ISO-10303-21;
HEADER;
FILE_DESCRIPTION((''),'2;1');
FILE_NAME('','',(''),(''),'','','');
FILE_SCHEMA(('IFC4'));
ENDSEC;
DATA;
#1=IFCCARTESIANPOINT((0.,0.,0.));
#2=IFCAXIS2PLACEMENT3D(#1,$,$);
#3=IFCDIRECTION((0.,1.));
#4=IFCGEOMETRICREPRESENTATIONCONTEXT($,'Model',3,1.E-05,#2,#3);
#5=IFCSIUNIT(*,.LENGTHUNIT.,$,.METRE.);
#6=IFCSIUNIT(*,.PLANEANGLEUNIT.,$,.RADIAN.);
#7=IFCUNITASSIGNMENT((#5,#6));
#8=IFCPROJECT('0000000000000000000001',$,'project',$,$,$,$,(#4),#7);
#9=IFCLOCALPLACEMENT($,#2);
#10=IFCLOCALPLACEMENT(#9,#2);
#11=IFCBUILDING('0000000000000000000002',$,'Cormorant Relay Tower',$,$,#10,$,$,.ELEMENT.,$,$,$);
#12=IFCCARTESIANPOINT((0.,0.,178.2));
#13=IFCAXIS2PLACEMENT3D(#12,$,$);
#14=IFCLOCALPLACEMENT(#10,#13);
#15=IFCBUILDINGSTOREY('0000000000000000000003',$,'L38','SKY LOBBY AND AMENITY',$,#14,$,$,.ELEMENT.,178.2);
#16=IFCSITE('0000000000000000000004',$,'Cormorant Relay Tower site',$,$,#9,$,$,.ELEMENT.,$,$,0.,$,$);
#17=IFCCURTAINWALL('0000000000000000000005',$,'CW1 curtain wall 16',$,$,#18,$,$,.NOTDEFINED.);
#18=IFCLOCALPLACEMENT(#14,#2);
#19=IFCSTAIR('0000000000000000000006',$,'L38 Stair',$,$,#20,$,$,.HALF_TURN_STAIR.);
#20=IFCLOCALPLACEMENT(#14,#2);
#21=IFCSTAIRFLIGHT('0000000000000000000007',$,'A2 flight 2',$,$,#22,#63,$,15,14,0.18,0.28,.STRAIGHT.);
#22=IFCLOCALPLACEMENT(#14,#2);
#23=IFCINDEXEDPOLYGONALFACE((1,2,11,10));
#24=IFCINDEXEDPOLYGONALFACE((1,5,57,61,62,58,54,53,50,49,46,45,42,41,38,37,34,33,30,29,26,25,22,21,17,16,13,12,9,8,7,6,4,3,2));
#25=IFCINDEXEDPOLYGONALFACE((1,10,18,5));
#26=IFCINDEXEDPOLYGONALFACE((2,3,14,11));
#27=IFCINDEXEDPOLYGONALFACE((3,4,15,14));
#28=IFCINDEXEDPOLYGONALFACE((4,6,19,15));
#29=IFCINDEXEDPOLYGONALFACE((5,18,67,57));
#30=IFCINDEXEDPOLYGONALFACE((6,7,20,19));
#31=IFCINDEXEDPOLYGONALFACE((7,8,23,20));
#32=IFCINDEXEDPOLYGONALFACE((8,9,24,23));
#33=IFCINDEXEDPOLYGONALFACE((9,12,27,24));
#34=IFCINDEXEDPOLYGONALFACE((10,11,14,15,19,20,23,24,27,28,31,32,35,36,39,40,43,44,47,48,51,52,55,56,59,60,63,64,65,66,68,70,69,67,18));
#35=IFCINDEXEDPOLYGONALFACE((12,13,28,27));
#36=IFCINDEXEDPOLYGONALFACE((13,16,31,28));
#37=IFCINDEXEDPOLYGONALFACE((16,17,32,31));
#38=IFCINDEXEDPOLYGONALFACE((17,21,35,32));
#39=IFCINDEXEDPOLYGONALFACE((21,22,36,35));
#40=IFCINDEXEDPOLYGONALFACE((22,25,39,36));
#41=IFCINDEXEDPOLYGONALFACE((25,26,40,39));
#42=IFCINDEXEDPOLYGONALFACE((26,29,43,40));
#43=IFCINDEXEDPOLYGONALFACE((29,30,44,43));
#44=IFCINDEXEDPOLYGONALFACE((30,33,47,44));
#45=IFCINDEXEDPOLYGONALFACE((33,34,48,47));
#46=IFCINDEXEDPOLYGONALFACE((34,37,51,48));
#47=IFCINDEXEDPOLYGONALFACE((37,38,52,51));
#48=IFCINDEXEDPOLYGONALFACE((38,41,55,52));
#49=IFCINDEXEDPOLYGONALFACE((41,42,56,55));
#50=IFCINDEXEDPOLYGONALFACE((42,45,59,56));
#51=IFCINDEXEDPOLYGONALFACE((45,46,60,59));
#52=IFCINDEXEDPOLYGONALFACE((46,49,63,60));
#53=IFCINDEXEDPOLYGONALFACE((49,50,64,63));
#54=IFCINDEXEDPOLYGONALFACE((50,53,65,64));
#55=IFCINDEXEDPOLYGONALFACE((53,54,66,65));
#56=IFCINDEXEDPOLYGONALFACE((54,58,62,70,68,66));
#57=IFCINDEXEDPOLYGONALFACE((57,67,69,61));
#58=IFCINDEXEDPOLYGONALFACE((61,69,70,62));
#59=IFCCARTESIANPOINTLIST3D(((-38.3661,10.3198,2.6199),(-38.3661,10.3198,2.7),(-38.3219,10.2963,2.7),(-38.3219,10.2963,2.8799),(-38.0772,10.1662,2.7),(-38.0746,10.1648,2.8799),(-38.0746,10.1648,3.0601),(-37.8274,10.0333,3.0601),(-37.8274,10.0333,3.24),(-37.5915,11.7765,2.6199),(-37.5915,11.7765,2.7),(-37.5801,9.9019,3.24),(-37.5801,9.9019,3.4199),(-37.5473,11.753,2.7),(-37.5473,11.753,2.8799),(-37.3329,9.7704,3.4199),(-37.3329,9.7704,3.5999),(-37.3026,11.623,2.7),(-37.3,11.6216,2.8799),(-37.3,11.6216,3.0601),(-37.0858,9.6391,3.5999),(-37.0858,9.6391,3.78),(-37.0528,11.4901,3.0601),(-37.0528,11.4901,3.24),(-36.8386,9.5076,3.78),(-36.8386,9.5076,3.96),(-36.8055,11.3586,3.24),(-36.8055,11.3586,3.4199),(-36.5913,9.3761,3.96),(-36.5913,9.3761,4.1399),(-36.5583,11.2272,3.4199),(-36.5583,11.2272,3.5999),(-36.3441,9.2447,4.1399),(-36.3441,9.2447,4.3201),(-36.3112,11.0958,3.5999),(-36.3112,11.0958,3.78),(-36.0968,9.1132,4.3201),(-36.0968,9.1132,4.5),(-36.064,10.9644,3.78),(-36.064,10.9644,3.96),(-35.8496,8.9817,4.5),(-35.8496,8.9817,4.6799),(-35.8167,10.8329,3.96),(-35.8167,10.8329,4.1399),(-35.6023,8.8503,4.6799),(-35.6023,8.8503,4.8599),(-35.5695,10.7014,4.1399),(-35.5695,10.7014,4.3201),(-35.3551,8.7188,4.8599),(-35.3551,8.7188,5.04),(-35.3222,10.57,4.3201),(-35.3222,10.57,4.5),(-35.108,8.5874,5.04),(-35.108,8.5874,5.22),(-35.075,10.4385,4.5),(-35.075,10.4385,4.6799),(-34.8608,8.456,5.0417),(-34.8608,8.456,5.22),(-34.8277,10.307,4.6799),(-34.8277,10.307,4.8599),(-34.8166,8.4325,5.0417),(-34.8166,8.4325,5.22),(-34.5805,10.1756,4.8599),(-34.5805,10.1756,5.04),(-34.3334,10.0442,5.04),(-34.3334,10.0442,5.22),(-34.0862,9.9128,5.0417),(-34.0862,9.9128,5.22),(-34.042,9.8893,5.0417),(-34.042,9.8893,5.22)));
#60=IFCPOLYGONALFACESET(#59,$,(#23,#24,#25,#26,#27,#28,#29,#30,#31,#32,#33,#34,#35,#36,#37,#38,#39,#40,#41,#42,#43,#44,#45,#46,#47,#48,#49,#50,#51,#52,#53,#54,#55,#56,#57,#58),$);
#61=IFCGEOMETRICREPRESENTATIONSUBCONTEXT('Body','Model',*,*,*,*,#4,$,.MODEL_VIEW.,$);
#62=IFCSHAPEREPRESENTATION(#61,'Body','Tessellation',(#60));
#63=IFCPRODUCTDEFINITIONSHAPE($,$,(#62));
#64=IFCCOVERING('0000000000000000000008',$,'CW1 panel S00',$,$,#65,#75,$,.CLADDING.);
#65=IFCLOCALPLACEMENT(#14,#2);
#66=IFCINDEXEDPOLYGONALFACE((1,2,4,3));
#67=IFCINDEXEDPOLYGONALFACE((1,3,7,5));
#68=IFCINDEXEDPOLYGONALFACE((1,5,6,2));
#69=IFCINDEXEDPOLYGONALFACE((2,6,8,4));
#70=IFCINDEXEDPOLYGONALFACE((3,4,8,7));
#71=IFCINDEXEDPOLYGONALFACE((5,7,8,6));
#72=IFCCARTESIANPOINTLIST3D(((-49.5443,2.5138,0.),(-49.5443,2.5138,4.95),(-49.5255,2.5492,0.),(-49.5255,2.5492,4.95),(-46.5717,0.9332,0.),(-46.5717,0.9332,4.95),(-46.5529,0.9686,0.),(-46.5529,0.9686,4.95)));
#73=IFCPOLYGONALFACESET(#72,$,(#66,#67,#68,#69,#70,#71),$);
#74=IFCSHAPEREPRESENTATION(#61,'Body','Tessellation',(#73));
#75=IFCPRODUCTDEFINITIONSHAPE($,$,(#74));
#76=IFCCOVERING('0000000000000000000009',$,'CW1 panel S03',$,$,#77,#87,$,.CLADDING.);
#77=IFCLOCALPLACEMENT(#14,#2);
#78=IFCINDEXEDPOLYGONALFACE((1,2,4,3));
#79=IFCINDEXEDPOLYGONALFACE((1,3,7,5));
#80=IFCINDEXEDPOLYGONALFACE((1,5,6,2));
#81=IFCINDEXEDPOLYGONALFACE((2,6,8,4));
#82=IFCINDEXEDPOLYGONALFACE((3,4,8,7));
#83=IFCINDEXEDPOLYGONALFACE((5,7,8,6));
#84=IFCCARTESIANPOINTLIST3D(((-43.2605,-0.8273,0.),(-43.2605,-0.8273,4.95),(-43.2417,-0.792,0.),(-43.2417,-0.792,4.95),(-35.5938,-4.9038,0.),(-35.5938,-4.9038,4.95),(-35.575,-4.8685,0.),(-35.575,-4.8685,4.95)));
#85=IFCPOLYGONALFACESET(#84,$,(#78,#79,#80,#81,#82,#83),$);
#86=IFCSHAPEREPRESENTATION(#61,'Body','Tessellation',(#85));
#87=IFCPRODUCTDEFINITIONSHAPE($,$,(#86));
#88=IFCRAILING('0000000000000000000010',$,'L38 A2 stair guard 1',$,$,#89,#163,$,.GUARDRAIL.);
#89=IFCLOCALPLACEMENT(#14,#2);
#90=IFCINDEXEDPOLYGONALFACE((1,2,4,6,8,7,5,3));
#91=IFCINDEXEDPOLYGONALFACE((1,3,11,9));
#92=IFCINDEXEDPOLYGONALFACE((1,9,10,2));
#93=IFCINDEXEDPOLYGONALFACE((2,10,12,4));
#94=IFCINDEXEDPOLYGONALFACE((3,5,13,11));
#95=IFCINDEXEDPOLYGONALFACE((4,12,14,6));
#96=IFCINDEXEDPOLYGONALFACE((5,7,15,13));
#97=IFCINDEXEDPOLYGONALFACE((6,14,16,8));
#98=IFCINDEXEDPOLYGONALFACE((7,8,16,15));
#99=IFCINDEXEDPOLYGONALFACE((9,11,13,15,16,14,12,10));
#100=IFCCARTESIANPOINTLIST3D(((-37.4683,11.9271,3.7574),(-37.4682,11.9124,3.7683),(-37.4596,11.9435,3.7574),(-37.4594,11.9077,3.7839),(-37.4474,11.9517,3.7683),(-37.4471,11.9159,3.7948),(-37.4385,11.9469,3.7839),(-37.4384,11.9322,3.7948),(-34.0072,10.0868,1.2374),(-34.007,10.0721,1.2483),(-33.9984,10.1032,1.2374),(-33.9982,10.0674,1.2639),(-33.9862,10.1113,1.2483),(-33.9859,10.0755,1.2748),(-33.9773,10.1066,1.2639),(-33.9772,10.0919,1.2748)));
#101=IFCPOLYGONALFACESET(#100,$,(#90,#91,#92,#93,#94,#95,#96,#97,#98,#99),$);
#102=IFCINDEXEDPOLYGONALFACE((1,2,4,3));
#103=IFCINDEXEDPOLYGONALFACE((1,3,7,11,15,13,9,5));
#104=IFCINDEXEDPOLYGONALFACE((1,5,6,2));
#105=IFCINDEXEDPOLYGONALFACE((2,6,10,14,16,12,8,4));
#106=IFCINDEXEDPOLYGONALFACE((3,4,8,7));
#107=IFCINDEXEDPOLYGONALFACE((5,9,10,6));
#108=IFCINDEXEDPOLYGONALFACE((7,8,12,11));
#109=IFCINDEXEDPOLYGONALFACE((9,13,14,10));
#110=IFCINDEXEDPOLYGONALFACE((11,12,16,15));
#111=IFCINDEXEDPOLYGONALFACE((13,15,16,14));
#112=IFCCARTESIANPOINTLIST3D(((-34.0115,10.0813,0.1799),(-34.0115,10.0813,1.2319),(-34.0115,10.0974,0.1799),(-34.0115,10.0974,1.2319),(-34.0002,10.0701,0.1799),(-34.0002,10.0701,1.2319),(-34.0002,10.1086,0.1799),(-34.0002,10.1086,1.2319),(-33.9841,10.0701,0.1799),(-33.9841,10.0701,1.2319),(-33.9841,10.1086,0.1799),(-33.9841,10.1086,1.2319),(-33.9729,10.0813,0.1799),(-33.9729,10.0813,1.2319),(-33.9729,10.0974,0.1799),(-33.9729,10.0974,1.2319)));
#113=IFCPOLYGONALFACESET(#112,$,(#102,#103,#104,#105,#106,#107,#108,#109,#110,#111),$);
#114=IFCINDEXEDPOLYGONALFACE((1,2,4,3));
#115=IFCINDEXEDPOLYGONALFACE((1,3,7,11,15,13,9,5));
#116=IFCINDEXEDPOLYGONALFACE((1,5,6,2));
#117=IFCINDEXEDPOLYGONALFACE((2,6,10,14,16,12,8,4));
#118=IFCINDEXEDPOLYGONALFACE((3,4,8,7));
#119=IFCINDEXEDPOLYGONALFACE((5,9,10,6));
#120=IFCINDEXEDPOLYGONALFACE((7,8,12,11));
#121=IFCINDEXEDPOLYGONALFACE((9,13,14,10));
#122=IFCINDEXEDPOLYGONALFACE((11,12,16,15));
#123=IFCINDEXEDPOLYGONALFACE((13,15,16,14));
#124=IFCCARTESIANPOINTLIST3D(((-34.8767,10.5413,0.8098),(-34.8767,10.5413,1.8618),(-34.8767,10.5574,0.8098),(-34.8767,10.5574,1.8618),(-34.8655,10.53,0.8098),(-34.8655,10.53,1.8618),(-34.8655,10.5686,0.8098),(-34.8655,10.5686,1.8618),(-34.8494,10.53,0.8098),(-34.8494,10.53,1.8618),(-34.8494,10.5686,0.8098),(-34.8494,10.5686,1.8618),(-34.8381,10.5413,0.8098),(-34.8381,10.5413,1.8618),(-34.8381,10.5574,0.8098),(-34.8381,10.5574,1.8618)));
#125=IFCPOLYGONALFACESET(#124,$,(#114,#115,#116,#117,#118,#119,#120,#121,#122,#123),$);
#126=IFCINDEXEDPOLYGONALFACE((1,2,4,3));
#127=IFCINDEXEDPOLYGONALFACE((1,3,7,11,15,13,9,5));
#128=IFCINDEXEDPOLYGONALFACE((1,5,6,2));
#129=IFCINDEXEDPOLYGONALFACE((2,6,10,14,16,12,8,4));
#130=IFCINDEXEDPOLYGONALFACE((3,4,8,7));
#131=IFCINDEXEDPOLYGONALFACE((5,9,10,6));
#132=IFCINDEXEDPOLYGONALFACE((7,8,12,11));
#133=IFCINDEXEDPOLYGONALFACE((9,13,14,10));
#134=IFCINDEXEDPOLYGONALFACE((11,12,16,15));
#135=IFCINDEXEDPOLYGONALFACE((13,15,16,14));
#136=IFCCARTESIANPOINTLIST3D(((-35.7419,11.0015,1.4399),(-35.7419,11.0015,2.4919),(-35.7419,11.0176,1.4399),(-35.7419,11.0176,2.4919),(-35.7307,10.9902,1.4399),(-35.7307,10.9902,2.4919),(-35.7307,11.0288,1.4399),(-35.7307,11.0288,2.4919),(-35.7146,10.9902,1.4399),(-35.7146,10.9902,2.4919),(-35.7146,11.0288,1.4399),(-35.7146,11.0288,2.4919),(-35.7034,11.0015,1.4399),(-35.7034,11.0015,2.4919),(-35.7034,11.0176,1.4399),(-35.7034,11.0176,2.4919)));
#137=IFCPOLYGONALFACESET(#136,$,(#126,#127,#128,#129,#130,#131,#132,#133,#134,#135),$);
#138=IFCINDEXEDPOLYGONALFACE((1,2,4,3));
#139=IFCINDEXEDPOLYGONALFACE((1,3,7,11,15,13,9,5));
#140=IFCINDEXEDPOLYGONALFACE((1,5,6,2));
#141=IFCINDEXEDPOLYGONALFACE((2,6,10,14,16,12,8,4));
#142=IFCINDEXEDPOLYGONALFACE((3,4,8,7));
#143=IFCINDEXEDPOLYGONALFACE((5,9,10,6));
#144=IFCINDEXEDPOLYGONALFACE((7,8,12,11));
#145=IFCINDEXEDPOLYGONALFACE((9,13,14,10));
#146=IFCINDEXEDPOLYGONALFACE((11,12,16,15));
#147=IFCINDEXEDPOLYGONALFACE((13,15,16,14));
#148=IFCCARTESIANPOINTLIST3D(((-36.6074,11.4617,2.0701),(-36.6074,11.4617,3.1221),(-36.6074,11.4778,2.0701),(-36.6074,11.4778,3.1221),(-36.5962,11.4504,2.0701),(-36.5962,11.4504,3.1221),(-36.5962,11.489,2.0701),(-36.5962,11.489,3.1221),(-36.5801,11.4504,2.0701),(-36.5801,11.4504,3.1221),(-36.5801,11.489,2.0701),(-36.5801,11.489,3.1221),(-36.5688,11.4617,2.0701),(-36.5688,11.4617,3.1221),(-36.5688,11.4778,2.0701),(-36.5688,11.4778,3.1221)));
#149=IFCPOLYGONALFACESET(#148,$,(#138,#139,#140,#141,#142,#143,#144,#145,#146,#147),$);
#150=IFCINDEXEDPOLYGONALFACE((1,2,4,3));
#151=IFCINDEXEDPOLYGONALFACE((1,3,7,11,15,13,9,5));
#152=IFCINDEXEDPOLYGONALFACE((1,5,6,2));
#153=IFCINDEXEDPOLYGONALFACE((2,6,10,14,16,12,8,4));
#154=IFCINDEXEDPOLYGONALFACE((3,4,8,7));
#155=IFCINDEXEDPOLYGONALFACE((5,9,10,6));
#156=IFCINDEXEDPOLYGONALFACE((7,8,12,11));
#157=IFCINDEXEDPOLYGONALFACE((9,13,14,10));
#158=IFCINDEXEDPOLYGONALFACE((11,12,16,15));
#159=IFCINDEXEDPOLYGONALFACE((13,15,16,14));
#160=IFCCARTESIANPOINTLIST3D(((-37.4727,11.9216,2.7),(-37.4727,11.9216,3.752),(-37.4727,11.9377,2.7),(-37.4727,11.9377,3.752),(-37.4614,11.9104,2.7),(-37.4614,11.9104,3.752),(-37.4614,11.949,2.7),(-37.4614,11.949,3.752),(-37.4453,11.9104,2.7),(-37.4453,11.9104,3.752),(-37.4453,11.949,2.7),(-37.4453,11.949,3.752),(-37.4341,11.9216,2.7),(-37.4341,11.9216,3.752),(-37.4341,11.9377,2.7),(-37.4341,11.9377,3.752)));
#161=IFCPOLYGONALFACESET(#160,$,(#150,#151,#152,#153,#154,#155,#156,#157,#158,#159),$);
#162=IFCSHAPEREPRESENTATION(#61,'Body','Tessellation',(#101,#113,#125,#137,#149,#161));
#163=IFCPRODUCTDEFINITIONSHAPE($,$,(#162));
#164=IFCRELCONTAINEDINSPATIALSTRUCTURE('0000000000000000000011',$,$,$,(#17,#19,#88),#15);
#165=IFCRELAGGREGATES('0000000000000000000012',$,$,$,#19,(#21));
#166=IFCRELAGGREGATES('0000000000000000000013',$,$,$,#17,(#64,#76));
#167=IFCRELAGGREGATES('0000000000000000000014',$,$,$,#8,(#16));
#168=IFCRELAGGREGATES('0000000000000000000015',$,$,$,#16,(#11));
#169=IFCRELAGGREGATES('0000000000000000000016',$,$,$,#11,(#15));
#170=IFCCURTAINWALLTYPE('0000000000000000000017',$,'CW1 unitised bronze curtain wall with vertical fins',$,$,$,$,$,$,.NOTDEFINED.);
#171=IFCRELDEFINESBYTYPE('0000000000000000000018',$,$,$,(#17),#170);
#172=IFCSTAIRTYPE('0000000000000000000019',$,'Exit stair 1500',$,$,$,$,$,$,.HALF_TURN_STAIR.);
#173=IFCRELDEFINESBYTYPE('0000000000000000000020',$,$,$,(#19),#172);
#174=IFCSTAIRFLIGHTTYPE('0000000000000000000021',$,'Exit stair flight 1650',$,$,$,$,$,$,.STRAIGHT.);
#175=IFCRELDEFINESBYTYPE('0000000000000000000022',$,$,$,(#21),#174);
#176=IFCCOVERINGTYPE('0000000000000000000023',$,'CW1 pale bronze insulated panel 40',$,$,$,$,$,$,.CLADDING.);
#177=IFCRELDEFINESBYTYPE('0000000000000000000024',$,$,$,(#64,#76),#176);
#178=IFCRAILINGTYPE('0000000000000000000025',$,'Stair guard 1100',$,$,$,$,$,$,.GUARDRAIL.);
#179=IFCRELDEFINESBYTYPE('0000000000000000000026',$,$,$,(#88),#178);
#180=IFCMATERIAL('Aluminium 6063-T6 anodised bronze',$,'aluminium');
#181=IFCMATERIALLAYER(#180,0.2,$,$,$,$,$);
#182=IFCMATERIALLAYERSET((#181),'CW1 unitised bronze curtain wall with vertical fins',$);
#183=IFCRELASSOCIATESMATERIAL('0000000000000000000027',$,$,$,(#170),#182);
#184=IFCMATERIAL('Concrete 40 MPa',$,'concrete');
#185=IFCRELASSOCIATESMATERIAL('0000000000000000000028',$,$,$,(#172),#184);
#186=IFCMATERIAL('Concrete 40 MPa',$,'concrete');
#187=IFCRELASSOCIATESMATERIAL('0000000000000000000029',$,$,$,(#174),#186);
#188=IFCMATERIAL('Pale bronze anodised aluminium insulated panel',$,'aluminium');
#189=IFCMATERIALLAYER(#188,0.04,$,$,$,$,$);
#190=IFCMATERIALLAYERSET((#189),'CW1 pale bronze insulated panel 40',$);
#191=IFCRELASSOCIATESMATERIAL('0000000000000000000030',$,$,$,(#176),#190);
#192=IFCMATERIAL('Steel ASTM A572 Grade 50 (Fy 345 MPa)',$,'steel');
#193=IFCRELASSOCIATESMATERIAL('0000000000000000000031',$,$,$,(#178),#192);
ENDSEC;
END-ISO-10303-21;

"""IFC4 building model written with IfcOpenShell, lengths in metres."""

from ifc_helpers import new_model, si_unit, direction, frame, origin, origin_2d, place, context, subcontext, project, spatial, polyline, rectangle, outline, extrude, material, layer, layer_set, type_object, element, aggregate, save


model = new_model("IFC4")

# Units and contexts
model_context = context("Model", 3, precision=1e-05, world=origin(), true_north=direction((0.0, 1.0)))
body_context = subcontext(model_context, "Body", "Model", "MODEL_VIEW")
ifc_project = project(units=[si_unit("LENGTHUNIT", "METRE"), si_unit("PLANEANGLEUNIT", "RADIAN")], contexts=[model_context])

# Site, building, storey
site_placement = place(None, origin())
site = spatial("IfcSite", under=ifc_project, at=site_placement, Name="Cormorant Relay Tower site", CompositionType="ELEMENT", RefElevation=0.0)
building_placement = place(site_placement, origin())
building = spatial("IfcBuilding", under=site, at=building_placement, Name="Cormorant Relay Tower", CompositionType="ELEMENT")
storey_placement = place(building_placement, frame((0.0, 0.0, 178.2)))
storey = spatial("IfcBuildingStorey", under=building, at=storey_placement, Name="L38", Description="SKY LOBBY AND AMENITY", CompositionType="ELEMENT", Elevation=178.2)

# Curtain wall
ifc_material_1 = material(Name="Aluminium 6063-T6 anodised bronze", Category="aluminium")
ifc_layer_1 = layer(ifc_material_1, 0.2)
ifc_layer_set_1 = layer_set([ifc_layer_1], Name="CW1 unitised bronze curtain wall with vertical fins")
curtain_wall_type = type_object("IfcCurtainWallType", Name="CW1 unitised bronze curtain wall with vertical fins", PredefinedType="NOTDEFINED", material=ifc_layer_set_1)
curtain_wall_placement = place(storey_placement, origin())
curtain_wall = element("IfcCurtainWall", 1, at=curtain_wall_placement, inside=storey, type_object=curtain_wall_type, Name="CW1 curtain wall 16", PredefinedType="NOTDEFINED")

# Stair, stair flight
ifc_material_2 = material(Name="Concrete 40 MPa", Category="concrete")
stair_type = type_object("IfcStairType", Name="Exit stair 1500", PredefinedType="HALF_TURN_STAIR", material=ifc_material_2)
stair_placement = place(storey_placement, origin())
stair = element("IfcStair", 2, at=stair_placement, inside=storey, type_object=stair_type, Name="L38 Stair", PredefinedType="HALF_TURN_STAIR")
ifc_material_3 = material(Name="Concrete 40 MPa", Category="concrete")
stair_flight_type = type_object("IfcStairFlightType", Name="Exit stair flight 1650", PredefinedType="STRAIGHT", material=ifc_material_3)
stair_flight_1_placement = place(storey_placement, frame((-37.9346, 11.0247, 2.7), z_axis=(0.0, 0.0, 1.0), x_axis=(0.882948, -0.469472, 0.0)))
stair_flight_1 = element("IfcStairFlight", 3, at=stair_flight_1_placement, type_object=stair_flight_type, Name="A2 flight 2", NumberOfRisers=15, NumberOfTreads=14, PredefinedType="STRAIGHT", RiserHeight=0.18, TreadLength=0.28, context=body_context, shape_type="SweptSolid", body=[
    extrude(outline(polyline([(-0.05, -0.0801), (-0.05, 0.0), (0.0, 0.0), (0.0, 0.1799), (0.28, 0.1799), (0.28, 0.3601), (0.5601, 0.3601), (0.5601, 0.54), (0.8401, 0.54), (0.8401, 0.72), (1.1201, 0.72), (1.1201, 0.8999), (1.3999, 0.8999), (1.3999, 1.0801), (1.6799, 1.0801), (1.6799, 1.26), (1.96, 1.26), (1.96, 1.4399), (2.24, 1.4399), (2.24, 1.6201), (2.52, 1.6201), (2.52, 1.8), (2.8, 1.8), (2.8, 1.98), (3.0801, 1.98), (3.0801, 2.1599), (3.3601, 2.1599), (3.3601, 2.3401), (3.6399, 2.3401), (3.6399, 2.52), (3.9199, 2.52), (3.97, 2.52), (3.97, 2.3418), (3.9199, 2.3418), (0.2771, 0.0), (-0.05, -0.0801)])), frame((0.0, 0.825, 0.0), z_axis=(0.0, -1.0, 0.0), x_axis=(1.0, 0.0, 0.0)), (0.0, 0.0, 1.0), 1.6499),
])
aggregate(stair, [stair_flight_1])

# Coverings
ifc_material_4 = material(Name="Pale bronze anodised aluminium insulated panel", Category="aluminium")
ifc_layer_2 = layer(ifc_material_4, 0.04)
ifc_layer_set_2 = layer_set([ifc_layer_2], Name="CW1 pale bronze insulated panel 40")
covering_type = type_object("IfcCoveringType", Name="CW1 pale bronze insulated panel 40", PredefinedType="CLADDING", material=ifc_layer_set_2)
covering_1_placement = place(storey_placement, frame((-48.0486, 1.7412, 0.0), z_axis=(0.0, 0.0, 1.0), x_axis=(0.882948, -0.469472, 0.0)))
covering_1 = element("IfcCovering", 4, at=covering_1_placement, type_object=covering_type, Name="CW1 panel S00", PredefinedType="CLADDING", context=body_context, shape_type="SweptSolid", body=[
    extrude(rectangle(XDim=3.3667, YDim=0.04, at=origin_2d()), origin(), (0.0, 0.0, 1.0), 4.95),
])
covering_2_placement = place(storey_placement, frame((-39.4177, -2.8479, 0.0), z_axis=(0.0, 0.0, 1.0), x_axis=(0.882948, -0.469472, 0.0)))
covering_2 = element("IfcCovering", 5, at=covering_2_placement, type_object=covering_type, Name="CW1 panel S03", PredefinedType="CLADDING", context=body_context, shape_type="SweptSolid", body=[
    extrude(rectangle(XDim=8.6831, YDim=0.04, at=origin_2d()), origin(), (0.0, 0.0, 1.0), 4.95),
])
aggregate(curtain_wall, [covering_1, covering_2])

# Railing
ifc_material_5 = material(Name="Steel ASTM A572 Grade 50 (Fy 345 MPa)", Category="steel")
railing_type_1 = type_object("IfcRailingType", Name="Stair guard 1100", PredefinedType="GUARDRAIL", material=ifc_material_5)
railing_1_placement = place(storey_placement, frame((-33.9922, 10.0894, 0.1799)))
element("IfcRailing", 6, at=railing_1_placement, inside=storey, type_object=railing_type_1, Name="L38 A2 stair guard 1", PredefinedType="GUARDRAIL", context=body_context, shape_type="SweptSolid", body=[
    extrude(outline(polyline([(0.0222, 0.0093), (0.0093, 0.0222), (-0.0093, 0.0222), (-0.0222, 0.0093), (-0.0222, -0.0093), (-0.0093, -0.0222), (0.0093, -0.0222), (0.0222, -0.0093), (0.0222, 0.0093)])), frame((0.0, 0.0, 1.0762), z_axis=(-0.742717, 0.394907, 0.540758), x_axis=(-0.469469, -0.882949, 0.0)), (0.0, 0.0, 1.0), 4.6602),
    extrude(outline(polyline([(0.0193, 0.0081), (0.0081, 0.0193), (-0.0081, 0.0193), (-0.0193, 0.0081), (-0.0193, -0.0081), (-0.0081, -0.0193), (0.0081, -0.0193), (0.0193, -0.0081), (0.0193, 0.0081)])), origin(), (0.0, 0.0, 1.0), 1.052),
    extrude(outline(polyline([(0.0193, 0.0081), (0.0081, 0.0193), (-0.0081, 0.0193), (-0.0193, 0.0081), (-0.0193, -0.0081), (-0.0081, -0.0193), (0.0081, -0.0193), (0.0193, -0.0081), (0.0193, 0.0081)])), frame((-0.8652, 0.46, 0.6299)), (0.0, 0.0, 1.0), 1.052),
    extrude(outline(polyline([(0.0193, 0.0081), (0.0081, 0.0193), (-0.0081, 0.0193), (-0.0193, 0.0081), (-0.0193, -0.0081), (-0.0081, -0.0193), (0.0081, -0.0193), (0.0193, -0.0081), (0.0193, 0.0081)])), frame((-1.7305, 0.9202, 1.26)), (0.0, 0.0, 1.0), 1.052),
    extrude(outline(polyline([(0.0193, 0.0081), (0.0081, 0.0193), (-0.0081, 0.0193), (-0.0193, 0.0081), (-0.0193, -0.0081), (-0.0081, -0.0193), (0.0081, -0.0193), (0.0193, -0.0081), (0.0193, 0.0081)])), frame((-2.5959, 1.3804, 1.8901)), (0.0, 0.0, 1.0), 1.052),
    extrude(outline(polyline([(0.0193, 0.0081), (0.0081, 0.0193), (-0.0081, 0.0193), (-0.0193, 0.0081), (-0.0193, -0.0081), (-0.0081, -0.0193), (0.0081, -0.0193), (0.0193, -0.0081), (0.0193, 0.0081)])), frame((-3.4612, 1.8403, 2.52)), (0.0, 0.0, 1.0), 1.052),
])

save(model, "model.ifc")
